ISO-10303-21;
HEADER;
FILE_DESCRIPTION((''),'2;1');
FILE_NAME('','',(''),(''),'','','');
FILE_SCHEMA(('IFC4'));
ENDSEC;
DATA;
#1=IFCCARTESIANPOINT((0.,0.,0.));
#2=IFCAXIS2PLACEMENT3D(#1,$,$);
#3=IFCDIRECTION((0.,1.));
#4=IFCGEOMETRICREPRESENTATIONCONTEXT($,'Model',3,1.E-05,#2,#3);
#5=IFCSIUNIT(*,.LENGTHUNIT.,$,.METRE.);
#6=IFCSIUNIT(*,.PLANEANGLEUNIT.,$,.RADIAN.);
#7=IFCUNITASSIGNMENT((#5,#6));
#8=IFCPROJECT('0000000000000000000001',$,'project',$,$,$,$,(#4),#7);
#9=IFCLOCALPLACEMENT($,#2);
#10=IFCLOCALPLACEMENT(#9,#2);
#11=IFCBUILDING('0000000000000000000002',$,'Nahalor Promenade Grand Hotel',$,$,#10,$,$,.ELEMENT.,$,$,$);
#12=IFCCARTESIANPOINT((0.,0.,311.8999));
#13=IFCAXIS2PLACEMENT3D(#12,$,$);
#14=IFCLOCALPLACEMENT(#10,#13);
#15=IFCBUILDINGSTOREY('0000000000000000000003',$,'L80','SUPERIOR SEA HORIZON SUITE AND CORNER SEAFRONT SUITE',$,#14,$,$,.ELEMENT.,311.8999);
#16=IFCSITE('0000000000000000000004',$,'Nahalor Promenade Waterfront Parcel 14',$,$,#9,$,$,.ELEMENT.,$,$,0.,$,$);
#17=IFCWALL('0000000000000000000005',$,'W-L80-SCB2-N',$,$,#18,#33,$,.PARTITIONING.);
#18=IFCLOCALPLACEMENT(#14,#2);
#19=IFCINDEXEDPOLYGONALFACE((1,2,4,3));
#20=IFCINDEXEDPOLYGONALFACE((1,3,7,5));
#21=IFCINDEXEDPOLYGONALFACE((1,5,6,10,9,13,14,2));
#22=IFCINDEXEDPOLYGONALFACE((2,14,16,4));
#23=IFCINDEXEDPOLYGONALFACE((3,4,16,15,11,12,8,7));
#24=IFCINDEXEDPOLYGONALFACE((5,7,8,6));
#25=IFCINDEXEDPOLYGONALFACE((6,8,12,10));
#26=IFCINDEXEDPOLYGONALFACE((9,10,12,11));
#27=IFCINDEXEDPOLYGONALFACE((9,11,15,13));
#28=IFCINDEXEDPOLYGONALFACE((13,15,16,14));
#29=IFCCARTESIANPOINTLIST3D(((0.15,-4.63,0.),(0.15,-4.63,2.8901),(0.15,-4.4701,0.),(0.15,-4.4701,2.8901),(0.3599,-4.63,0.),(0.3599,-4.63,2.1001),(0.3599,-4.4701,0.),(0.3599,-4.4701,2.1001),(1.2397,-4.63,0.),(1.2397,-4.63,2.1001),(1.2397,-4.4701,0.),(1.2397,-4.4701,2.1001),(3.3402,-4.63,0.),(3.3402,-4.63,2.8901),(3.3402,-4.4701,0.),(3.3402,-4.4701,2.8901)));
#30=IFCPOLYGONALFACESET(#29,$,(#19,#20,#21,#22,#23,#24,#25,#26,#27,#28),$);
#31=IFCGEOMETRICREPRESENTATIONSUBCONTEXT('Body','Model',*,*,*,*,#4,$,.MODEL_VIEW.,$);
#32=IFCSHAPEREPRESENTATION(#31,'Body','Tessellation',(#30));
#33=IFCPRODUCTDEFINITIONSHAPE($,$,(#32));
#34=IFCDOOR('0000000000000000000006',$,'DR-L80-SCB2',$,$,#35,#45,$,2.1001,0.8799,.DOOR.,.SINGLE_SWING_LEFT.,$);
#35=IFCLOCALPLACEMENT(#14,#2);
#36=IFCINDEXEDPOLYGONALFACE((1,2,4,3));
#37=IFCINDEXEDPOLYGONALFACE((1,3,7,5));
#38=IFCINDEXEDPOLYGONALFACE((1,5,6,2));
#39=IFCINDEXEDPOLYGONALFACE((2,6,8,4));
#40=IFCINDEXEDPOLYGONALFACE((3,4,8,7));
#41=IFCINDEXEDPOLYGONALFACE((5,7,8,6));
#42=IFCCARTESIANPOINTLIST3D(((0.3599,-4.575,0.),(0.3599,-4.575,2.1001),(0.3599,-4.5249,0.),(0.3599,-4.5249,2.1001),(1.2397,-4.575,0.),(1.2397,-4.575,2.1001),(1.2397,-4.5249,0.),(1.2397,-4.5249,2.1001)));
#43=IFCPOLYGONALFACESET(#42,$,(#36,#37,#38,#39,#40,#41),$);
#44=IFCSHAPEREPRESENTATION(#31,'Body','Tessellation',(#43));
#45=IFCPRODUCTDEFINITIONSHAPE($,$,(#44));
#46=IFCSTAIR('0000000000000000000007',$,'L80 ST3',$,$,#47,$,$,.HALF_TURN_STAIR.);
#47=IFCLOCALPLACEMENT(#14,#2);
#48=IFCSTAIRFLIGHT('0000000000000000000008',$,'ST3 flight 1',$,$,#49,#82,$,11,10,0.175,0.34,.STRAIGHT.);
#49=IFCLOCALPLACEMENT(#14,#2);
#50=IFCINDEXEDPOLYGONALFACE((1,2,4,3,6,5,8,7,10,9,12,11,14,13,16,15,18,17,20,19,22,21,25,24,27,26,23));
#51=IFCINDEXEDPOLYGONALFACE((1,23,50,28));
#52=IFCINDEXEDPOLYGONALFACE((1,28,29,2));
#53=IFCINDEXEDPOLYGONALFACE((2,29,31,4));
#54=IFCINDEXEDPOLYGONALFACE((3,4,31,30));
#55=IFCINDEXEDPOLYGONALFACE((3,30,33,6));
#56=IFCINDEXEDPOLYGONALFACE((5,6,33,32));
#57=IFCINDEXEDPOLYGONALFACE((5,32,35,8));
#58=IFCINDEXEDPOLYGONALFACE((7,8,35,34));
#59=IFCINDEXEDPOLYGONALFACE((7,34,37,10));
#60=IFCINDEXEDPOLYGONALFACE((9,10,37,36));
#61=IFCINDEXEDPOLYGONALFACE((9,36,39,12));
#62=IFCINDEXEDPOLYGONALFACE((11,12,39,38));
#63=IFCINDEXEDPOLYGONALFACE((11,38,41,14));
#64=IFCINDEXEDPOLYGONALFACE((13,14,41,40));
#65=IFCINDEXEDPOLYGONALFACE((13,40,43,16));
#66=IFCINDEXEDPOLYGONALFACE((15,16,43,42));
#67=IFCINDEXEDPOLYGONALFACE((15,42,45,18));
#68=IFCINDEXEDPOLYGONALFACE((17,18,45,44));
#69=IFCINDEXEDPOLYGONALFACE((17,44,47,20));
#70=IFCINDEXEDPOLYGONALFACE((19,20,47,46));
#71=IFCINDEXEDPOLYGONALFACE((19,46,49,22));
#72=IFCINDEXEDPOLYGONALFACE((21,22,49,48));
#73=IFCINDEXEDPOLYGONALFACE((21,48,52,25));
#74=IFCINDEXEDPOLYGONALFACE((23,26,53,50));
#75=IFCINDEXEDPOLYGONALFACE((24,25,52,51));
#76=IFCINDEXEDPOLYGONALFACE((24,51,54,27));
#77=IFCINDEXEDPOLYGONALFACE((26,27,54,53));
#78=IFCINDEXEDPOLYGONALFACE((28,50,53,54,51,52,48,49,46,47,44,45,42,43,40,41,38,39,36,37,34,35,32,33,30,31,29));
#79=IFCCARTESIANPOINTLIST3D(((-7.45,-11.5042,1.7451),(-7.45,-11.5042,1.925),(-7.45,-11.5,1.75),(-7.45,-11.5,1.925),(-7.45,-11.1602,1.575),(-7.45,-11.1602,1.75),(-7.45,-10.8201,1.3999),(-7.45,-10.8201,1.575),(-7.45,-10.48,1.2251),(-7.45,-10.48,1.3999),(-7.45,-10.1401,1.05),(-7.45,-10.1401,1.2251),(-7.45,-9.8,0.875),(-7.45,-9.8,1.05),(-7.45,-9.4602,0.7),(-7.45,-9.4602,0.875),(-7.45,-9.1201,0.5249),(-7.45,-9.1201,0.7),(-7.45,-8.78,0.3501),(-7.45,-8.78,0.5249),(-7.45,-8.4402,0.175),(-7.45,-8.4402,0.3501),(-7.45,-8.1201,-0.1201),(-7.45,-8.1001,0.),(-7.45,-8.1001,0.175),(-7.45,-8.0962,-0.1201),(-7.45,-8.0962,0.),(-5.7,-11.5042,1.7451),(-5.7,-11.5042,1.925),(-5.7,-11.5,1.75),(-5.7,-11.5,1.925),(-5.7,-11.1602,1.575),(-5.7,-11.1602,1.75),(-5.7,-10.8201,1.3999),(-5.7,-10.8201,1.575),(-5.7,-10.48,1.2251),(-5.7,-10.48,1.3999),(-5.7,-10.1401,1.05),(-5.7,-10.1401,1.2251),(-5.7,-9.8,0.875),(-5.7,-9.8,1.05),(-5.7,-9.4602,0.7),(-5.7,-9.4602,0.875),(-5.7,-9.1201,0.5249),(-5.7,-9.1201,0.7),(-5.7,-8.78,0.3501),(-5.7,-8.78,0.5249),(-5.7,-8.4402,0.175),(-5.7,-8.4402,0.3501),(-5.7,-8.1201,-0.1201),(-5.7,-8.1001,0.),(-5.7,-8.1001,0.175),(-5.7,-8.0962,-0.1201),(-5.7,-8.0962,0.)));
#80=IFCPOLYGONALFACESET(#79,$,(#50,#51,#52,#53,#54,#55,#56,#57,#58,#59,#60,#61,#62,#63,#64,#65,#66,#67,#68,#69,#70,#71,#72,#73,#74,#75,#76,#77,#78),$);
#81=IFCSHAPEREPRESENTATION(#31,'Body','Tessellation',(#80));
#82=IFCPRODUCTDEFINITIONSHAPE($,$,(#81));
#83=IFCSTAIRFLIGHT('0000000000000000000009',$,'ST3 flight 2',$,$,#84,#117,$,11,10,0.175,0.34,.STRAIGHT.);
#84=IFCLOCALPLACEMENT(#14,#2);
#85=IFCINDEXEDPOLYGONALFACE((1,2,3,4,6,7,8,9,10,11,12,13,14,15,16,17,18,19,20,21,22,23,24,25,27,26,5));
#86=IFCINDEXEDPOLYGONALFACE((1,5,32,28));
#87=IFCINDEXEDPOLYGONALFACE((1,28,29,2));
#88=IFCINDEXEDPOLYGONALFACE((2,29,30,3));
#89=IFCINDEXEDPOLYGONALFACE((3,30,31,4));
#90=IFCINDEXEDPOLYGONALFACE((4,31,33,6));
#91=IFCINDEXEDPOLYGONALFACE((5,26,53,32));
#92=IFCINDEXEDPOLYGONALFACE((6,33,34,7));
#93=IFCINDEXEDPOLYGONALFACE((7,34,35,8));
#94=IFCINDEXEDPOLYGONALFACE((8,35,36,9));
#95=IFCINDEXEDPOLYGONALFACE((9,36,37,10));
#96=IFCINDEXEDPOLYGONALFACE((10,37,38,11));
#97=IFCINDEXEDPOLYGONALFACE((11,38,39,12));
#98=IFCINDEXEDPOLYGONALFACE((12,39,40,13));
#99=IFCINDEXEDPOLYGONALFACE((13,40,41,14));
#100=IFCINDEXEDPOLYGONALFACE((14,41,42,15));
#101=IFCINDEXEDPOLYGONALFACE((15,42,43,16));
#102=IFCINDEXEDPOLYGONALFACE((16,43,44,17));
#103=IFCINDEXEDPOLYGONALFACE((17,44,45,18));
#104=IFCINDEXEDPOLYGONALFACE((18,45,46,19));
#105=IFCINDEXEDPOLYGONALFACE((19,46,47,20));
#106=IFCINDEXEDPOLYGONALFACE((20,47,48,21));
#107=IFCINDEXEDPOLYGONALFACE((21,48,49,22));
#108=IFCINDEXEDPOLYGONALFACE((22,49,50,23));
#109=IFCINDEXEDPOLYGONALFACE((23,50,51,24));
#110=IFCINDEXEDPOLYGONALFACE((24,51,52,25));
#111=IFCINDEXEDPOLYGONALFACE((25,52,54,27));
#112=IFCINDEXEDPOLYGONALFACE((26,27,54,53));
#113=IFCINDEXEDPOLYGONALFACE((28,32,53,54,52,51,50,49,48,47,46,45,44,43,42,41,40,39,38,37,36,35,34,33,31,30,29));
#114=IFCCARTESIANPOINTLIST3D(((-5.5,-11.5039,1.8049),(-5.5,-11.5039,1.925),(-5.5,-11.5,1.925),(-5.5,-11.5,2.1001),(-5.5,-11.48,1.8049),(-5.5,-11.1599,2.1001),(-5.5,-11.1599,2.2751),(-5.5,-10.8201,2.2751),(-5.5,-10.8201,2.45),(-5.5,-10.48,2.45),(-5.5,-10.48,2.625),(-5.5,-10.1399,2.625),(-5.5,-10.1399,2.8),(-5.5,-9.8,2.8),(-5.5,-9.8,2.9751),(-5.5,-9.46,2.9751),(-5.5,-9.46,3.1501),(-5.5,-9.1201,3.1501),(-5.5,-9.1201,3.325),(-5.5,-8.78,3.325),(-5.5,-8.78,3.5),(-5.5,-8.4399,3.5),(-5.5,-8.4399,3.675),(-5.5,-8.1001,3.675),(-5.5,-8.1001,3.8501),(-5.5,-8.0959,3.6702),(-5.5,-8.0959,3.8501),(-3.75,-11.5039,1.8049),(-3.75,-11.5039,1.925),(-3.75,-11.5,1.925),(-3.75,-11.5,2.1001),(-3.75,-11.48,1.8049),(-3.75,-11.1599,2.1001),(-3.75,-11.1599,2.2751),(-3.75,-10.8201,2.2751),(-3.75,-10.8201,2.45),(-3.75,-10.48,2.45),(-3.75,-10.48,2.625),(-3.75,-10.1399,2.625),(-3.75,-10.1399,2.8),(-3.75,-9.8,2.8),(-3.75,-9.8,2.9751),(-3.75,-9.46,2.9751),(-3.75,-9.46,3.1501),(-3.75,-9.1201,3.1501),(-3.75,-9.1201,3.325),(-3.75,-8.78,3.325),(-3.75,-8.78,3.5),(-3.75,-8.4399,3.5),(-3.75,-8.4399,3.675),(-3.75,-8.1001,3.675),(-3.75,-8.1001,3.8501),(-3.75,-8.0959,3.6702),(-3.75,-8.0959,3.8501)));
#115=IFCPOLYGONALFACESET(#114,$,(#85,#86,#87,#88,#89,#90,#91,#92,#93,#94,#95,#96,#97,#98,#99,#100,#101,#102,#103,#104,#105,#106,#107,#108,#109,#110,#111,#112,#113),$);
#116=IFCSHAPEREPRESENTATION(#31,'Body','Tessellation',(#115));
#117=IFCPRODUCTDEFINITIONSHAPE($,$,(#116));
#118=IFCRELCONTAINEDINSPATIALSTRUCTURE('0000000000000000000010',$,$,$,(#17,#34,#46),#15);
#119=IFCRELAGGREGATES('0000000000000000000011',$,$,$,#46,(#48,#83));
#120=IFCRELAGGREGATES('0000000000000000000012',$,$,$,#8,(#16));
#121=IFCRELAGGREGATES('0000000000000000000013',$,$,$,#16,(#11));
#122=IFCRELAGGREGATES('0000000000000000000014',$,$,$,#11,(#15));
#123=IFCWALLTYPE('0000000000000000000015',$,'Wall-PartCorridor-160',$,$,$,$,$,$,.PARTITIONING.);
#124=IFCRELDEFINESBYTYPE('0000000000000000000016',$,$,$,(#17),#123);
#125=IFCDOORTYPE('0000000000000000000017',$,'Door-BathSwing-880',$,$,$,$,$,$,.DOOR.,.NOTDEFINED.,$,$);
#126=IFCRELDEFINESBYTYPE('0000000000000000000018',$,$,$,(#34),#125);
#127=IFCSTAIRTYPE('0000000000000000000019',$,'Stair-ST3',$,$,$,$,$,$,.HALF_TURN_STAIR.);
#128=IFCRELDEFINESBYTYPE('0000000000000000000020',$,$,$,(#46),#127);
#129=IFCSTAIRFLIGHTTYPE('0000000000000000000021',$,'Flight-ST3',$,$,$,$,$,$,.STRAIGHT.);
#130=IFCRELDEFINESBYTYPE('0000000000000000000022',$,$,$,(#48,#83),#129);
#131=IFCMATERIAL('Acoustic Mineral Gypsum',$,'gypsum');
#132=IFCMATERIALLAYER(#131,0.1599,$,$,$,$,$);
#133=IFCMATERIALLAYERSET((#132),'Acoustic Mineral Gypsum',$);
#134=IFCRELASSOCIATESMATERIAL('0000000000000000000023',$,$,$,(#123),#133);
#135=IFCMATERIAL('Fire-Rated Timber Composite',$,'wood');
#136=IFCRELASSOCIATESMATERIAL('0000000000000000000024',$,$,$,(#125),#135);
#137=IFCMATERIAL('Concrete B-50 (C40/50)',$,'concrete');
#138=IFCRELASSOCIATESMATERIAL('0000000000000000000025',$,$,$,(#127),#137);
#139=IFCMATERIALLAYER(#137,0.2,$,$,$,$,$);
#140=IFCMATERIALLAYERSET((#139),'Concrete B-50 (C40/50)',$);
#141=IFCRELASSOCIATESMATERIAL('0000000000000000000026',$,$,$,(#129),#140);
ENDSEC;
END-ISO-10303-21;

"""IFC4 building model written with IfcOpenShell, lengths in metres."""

from ifc_helpers import new_model, si_unit, direction, frame, frame_2d, origin, place, context, subcontext, project, spatial, polyline, rectangle, outline, extrude, source, transform, mapped, material, layer, layer_set, type_object, element, fill, aggregate, save


model = new_model("IFC4")

# Units and contexts
model_context = context("Model", 3, precision=1e-05, world=origin(), true_north=direction((0.0, 1.0)))
body_context = subcontext(model_context, "Body", "Model", "MODEL_VIEW")
ifc_project = project(units=[si_unit("LENGTHUNIT", "METRE"), si_unit("PLANEANGLEUNIT", "RADIAN")], contexts=[model_context])

# Site, building, storey
site_placement = place(None, origin())
site = spatial("IfcSite", under=ifc_project, at=site_placement, Name="Nahalor Promenade Waterfront Parcel 14", CompositionType="ELEMENT", RefElevation=0.0)
building_placement = place(site_placement, origin())
building = spatial("IfcBuilding", under=site, at=building_placement, Name="Nahalor Promenade Grand Hotel", CompositionType="ELEMENT")
storey_placement = place(building_placement, frame((0.0, 0.0, 311.8999)))
storey = spatial("IfcBuildingStorey", under=building, at=storey_placement, Name="L80", Description="SUPERIOR SEA HORIZON SUITE AND CORNER SEAFRONT SUITE", CompositionType="ELEMENT", Elevation=311.8999)

# Shared definitions
ifc_material_1 = material(Name="Concrete B-50 (C40/50)", Category="concrete")

# Wall, opening, door
ifc_material_2 = material(Name="Acoustic Mineral Gypsum", Category="gypsum")
ifc_layer_1 = layer(ifc_material_2, 0.1599)
ifc_layer_set_1 = layer_set([ifc_layer_1], Name="Acoustic Mineral Gypsum")
wall_type_1 = type_object("IfcWallType", Name="Wall-PartCorridor-160", PredefinedType="PARTITIONING", material=ifc_layer_set_1)
ifc_material_3 = material(Name="Fire-Rated Timber Composite", Category="wood")
door_type_1 = type_object("IfcDoorType", Name="Door-BathSwing-880", OperationType="NOTDEFINED", PredefinedType="DOOR", material=ifc_material_3)
shared_shape_1 = source(origin(), body_context, "Body", "SweptSolid", [
    extrude(rectangle(XDim=0.8799, YDim=2.1001, at=frame_2d((0.4399, 1.05))), frame((0.0, 0.0249, 0.0), z_axis=(0.0, -1.0, 0.0), x_axis=(1.0, 0.0, 0.0)), (0.0, 0.0, 1.0), 0.05),
])
shared_shape_2 = source(origin(), body_context, "Body", "SweptSolid", [
    extrude(rectangle(XDim=3.1902, YDim=0.1599, at=frame_2d((1.5952, 0.0))), origin(), (0.0, 0.0, 1.0), 2.8901),
])
wall_1_placement = place(storey_placement, frame((0.1499, -4.55, 0.0), z_axis=(0.0, 0.0, 1.0), x_axis=(1.0, 0.0, 0.0)))
wall_1 = element("IfcWall", 1, at=wall_1_placement, inside=storey, type_object=wall_type_1, Name="W-L80-SCB2-N", PredefinedType="PARTITIONING", context=body_context, shape_type="MappedRepresentation", body=[
    mapped(shared_shape_2, transform((0.0, 0.0, 0.0), scale=1.0)),
])
opening_1_placement = place(wall_1_placement, frame((0.21, 0.0, 0.0)))
opening_1 = element("IfcOpeningElement", 2, at=opening_1_placement, cuts=wall_1, PredefinedType="OPENING", context=body_context, shape_type="SweptSolid", body=[
    extrude(rectangle(XDim=0.8799, YDim=2.1001, at=frame_2d((0.4399, 1.05))), frame((0.0, 0.0898, 0.0), z_axis=(0.0, -1.0, 0.0), x_axis=(1.0, 0.0, 0.0)), (0.0, 0.0, 1.0), 0.1799),
])
door_1_placement = place(opening_1_placement, frame((0.8799, 0.0, 0.0), z_axis=(0.0, 0.0, 1.0), x_axis=(-1.0, 0.0, 0.0)))
door_1 = element("IfcDoor", 3, at=door_1_placement, inside=storey, type_object=door_type_1, Name="DR-L80-SCB2", OperationType="SINGLE_SWING_LEFT", OverallHeight=2.1001, OverallWidth=0.8799, PredefinedType="DOOR", context=body_context, shape_type="MappedRepresentation", body=[
    mapped(shared_shape_1, transform((0.0, 0.0, 0.0), scale=1.0)),
])
fill(opening_1, door_1)

# Stair, stair flights
stair_type = type_object("IfcStairType", Name="Stair-ST3", PredefinedType="HALF_TURN_STAIR", material=ifc_material_1)
stair_placement = place(storey_placement, origin())
stair = element("IfcStair", 4, at=stair_placement, inside=storey, type_object=stair_type, Name="L80 ST3", PredefinedType="HALF_TURN_STAIR")
ifc_layer_2 = layer(ifc_material_1, 0.2)
ifc_layer_set_2 = layer_set([ifc_layer_2], Name="Concrete B-50 (C40/50)")
stair_flight_type = type_object("IfcStairFlightType", Name="Flight-ST3", PredefinedType="STRAIGHT", material=ifc_layer_set_2)
shared_shape_3 = source(origin(), body_context, "Body", "SweptSolid", [
    extrude(outline(polyline([(-0.0039, -0.1201), (-0.0039, 0.0), (0.0, 0.0), (0.0, 0.175), (0.3401, 0.175), (0.3401, 0.3501), (0.6799, 0.3501), (0.6799, 0.5249), (1.02, 0.5249), (1.02, 0.7), (1.3601, 0.7), (1.3601, 0.875), (1.7, 0.875), (1.7, 1.05), (2.04, 1.05), (2.04, 1.2251), (2.3799, 1.2251), (2.3799, 1.3999), (2.72, 1.3999), (2.72, 1.575), (3.0601, 1.575), (3.0601, 1.75), (3.3999, 1.75), (3.3999, 1.925), (3.4041, 1.925), (3.4041, 1.7451), (0.02, -0.1201), (-0.0039, -0.1201)])), frame((0.0, 0.875, 0.0), z_axis=(0.0, -1.0, 0.0), x_axis=(1.0, 0.0, 0.0)), (0.0, 0.0, 1.0), 1.75),
])
stair_flight_1_placement = place(storey_placement, frame((-6.575, -8.1001, 0.0), z_axis=(0.0, 0.0, 1.0), x_axis=(0.0, -1.0, 0.0)))
stair_flight_1 = element("IfcStairFlight", 5, at=stair_flight_1_placement, type_object=stair_flight_type, Name="ST3 flight 1", NumberOfRisers=11, NumberOfTreads=10, PredefinedType="STRAIGHT", RiserHeight=0.175, TreadLength=0.34, context=body_context, shape_type="MappedRepresentation", body=[
    mapped(shared_shape_3, transform((0.0, 0.0, 0.0), scale=1.0)),
])
stair_flight_2_placement = place(storey_placement, frame((-4.625, -11.5, 1.925), z_axis=(0.0, 0.0, 1.0), x_axis=(0.0, 1.0, 0.0)))
stair_flight_2 = element("IfcStairFlight", 6, at=stair_flight_2_placement, type_object=stair_flight_type, Name="ST3 flight 2", NumberOfRisers=11, NumberOfTreads=10, PredefinedType="STRAIGHT", RiserHeight=0.175, TreadLength=0.34, context=body_context, shape_type="MappedRepresentation", body=[
    mapped(shared_shape_3, transform((0.0, 0.0, 0.0), scale=1.0)),
])
aggregate(stair, [stair_flight_1, stair_flight_2])

save(model, "model.ifc")
